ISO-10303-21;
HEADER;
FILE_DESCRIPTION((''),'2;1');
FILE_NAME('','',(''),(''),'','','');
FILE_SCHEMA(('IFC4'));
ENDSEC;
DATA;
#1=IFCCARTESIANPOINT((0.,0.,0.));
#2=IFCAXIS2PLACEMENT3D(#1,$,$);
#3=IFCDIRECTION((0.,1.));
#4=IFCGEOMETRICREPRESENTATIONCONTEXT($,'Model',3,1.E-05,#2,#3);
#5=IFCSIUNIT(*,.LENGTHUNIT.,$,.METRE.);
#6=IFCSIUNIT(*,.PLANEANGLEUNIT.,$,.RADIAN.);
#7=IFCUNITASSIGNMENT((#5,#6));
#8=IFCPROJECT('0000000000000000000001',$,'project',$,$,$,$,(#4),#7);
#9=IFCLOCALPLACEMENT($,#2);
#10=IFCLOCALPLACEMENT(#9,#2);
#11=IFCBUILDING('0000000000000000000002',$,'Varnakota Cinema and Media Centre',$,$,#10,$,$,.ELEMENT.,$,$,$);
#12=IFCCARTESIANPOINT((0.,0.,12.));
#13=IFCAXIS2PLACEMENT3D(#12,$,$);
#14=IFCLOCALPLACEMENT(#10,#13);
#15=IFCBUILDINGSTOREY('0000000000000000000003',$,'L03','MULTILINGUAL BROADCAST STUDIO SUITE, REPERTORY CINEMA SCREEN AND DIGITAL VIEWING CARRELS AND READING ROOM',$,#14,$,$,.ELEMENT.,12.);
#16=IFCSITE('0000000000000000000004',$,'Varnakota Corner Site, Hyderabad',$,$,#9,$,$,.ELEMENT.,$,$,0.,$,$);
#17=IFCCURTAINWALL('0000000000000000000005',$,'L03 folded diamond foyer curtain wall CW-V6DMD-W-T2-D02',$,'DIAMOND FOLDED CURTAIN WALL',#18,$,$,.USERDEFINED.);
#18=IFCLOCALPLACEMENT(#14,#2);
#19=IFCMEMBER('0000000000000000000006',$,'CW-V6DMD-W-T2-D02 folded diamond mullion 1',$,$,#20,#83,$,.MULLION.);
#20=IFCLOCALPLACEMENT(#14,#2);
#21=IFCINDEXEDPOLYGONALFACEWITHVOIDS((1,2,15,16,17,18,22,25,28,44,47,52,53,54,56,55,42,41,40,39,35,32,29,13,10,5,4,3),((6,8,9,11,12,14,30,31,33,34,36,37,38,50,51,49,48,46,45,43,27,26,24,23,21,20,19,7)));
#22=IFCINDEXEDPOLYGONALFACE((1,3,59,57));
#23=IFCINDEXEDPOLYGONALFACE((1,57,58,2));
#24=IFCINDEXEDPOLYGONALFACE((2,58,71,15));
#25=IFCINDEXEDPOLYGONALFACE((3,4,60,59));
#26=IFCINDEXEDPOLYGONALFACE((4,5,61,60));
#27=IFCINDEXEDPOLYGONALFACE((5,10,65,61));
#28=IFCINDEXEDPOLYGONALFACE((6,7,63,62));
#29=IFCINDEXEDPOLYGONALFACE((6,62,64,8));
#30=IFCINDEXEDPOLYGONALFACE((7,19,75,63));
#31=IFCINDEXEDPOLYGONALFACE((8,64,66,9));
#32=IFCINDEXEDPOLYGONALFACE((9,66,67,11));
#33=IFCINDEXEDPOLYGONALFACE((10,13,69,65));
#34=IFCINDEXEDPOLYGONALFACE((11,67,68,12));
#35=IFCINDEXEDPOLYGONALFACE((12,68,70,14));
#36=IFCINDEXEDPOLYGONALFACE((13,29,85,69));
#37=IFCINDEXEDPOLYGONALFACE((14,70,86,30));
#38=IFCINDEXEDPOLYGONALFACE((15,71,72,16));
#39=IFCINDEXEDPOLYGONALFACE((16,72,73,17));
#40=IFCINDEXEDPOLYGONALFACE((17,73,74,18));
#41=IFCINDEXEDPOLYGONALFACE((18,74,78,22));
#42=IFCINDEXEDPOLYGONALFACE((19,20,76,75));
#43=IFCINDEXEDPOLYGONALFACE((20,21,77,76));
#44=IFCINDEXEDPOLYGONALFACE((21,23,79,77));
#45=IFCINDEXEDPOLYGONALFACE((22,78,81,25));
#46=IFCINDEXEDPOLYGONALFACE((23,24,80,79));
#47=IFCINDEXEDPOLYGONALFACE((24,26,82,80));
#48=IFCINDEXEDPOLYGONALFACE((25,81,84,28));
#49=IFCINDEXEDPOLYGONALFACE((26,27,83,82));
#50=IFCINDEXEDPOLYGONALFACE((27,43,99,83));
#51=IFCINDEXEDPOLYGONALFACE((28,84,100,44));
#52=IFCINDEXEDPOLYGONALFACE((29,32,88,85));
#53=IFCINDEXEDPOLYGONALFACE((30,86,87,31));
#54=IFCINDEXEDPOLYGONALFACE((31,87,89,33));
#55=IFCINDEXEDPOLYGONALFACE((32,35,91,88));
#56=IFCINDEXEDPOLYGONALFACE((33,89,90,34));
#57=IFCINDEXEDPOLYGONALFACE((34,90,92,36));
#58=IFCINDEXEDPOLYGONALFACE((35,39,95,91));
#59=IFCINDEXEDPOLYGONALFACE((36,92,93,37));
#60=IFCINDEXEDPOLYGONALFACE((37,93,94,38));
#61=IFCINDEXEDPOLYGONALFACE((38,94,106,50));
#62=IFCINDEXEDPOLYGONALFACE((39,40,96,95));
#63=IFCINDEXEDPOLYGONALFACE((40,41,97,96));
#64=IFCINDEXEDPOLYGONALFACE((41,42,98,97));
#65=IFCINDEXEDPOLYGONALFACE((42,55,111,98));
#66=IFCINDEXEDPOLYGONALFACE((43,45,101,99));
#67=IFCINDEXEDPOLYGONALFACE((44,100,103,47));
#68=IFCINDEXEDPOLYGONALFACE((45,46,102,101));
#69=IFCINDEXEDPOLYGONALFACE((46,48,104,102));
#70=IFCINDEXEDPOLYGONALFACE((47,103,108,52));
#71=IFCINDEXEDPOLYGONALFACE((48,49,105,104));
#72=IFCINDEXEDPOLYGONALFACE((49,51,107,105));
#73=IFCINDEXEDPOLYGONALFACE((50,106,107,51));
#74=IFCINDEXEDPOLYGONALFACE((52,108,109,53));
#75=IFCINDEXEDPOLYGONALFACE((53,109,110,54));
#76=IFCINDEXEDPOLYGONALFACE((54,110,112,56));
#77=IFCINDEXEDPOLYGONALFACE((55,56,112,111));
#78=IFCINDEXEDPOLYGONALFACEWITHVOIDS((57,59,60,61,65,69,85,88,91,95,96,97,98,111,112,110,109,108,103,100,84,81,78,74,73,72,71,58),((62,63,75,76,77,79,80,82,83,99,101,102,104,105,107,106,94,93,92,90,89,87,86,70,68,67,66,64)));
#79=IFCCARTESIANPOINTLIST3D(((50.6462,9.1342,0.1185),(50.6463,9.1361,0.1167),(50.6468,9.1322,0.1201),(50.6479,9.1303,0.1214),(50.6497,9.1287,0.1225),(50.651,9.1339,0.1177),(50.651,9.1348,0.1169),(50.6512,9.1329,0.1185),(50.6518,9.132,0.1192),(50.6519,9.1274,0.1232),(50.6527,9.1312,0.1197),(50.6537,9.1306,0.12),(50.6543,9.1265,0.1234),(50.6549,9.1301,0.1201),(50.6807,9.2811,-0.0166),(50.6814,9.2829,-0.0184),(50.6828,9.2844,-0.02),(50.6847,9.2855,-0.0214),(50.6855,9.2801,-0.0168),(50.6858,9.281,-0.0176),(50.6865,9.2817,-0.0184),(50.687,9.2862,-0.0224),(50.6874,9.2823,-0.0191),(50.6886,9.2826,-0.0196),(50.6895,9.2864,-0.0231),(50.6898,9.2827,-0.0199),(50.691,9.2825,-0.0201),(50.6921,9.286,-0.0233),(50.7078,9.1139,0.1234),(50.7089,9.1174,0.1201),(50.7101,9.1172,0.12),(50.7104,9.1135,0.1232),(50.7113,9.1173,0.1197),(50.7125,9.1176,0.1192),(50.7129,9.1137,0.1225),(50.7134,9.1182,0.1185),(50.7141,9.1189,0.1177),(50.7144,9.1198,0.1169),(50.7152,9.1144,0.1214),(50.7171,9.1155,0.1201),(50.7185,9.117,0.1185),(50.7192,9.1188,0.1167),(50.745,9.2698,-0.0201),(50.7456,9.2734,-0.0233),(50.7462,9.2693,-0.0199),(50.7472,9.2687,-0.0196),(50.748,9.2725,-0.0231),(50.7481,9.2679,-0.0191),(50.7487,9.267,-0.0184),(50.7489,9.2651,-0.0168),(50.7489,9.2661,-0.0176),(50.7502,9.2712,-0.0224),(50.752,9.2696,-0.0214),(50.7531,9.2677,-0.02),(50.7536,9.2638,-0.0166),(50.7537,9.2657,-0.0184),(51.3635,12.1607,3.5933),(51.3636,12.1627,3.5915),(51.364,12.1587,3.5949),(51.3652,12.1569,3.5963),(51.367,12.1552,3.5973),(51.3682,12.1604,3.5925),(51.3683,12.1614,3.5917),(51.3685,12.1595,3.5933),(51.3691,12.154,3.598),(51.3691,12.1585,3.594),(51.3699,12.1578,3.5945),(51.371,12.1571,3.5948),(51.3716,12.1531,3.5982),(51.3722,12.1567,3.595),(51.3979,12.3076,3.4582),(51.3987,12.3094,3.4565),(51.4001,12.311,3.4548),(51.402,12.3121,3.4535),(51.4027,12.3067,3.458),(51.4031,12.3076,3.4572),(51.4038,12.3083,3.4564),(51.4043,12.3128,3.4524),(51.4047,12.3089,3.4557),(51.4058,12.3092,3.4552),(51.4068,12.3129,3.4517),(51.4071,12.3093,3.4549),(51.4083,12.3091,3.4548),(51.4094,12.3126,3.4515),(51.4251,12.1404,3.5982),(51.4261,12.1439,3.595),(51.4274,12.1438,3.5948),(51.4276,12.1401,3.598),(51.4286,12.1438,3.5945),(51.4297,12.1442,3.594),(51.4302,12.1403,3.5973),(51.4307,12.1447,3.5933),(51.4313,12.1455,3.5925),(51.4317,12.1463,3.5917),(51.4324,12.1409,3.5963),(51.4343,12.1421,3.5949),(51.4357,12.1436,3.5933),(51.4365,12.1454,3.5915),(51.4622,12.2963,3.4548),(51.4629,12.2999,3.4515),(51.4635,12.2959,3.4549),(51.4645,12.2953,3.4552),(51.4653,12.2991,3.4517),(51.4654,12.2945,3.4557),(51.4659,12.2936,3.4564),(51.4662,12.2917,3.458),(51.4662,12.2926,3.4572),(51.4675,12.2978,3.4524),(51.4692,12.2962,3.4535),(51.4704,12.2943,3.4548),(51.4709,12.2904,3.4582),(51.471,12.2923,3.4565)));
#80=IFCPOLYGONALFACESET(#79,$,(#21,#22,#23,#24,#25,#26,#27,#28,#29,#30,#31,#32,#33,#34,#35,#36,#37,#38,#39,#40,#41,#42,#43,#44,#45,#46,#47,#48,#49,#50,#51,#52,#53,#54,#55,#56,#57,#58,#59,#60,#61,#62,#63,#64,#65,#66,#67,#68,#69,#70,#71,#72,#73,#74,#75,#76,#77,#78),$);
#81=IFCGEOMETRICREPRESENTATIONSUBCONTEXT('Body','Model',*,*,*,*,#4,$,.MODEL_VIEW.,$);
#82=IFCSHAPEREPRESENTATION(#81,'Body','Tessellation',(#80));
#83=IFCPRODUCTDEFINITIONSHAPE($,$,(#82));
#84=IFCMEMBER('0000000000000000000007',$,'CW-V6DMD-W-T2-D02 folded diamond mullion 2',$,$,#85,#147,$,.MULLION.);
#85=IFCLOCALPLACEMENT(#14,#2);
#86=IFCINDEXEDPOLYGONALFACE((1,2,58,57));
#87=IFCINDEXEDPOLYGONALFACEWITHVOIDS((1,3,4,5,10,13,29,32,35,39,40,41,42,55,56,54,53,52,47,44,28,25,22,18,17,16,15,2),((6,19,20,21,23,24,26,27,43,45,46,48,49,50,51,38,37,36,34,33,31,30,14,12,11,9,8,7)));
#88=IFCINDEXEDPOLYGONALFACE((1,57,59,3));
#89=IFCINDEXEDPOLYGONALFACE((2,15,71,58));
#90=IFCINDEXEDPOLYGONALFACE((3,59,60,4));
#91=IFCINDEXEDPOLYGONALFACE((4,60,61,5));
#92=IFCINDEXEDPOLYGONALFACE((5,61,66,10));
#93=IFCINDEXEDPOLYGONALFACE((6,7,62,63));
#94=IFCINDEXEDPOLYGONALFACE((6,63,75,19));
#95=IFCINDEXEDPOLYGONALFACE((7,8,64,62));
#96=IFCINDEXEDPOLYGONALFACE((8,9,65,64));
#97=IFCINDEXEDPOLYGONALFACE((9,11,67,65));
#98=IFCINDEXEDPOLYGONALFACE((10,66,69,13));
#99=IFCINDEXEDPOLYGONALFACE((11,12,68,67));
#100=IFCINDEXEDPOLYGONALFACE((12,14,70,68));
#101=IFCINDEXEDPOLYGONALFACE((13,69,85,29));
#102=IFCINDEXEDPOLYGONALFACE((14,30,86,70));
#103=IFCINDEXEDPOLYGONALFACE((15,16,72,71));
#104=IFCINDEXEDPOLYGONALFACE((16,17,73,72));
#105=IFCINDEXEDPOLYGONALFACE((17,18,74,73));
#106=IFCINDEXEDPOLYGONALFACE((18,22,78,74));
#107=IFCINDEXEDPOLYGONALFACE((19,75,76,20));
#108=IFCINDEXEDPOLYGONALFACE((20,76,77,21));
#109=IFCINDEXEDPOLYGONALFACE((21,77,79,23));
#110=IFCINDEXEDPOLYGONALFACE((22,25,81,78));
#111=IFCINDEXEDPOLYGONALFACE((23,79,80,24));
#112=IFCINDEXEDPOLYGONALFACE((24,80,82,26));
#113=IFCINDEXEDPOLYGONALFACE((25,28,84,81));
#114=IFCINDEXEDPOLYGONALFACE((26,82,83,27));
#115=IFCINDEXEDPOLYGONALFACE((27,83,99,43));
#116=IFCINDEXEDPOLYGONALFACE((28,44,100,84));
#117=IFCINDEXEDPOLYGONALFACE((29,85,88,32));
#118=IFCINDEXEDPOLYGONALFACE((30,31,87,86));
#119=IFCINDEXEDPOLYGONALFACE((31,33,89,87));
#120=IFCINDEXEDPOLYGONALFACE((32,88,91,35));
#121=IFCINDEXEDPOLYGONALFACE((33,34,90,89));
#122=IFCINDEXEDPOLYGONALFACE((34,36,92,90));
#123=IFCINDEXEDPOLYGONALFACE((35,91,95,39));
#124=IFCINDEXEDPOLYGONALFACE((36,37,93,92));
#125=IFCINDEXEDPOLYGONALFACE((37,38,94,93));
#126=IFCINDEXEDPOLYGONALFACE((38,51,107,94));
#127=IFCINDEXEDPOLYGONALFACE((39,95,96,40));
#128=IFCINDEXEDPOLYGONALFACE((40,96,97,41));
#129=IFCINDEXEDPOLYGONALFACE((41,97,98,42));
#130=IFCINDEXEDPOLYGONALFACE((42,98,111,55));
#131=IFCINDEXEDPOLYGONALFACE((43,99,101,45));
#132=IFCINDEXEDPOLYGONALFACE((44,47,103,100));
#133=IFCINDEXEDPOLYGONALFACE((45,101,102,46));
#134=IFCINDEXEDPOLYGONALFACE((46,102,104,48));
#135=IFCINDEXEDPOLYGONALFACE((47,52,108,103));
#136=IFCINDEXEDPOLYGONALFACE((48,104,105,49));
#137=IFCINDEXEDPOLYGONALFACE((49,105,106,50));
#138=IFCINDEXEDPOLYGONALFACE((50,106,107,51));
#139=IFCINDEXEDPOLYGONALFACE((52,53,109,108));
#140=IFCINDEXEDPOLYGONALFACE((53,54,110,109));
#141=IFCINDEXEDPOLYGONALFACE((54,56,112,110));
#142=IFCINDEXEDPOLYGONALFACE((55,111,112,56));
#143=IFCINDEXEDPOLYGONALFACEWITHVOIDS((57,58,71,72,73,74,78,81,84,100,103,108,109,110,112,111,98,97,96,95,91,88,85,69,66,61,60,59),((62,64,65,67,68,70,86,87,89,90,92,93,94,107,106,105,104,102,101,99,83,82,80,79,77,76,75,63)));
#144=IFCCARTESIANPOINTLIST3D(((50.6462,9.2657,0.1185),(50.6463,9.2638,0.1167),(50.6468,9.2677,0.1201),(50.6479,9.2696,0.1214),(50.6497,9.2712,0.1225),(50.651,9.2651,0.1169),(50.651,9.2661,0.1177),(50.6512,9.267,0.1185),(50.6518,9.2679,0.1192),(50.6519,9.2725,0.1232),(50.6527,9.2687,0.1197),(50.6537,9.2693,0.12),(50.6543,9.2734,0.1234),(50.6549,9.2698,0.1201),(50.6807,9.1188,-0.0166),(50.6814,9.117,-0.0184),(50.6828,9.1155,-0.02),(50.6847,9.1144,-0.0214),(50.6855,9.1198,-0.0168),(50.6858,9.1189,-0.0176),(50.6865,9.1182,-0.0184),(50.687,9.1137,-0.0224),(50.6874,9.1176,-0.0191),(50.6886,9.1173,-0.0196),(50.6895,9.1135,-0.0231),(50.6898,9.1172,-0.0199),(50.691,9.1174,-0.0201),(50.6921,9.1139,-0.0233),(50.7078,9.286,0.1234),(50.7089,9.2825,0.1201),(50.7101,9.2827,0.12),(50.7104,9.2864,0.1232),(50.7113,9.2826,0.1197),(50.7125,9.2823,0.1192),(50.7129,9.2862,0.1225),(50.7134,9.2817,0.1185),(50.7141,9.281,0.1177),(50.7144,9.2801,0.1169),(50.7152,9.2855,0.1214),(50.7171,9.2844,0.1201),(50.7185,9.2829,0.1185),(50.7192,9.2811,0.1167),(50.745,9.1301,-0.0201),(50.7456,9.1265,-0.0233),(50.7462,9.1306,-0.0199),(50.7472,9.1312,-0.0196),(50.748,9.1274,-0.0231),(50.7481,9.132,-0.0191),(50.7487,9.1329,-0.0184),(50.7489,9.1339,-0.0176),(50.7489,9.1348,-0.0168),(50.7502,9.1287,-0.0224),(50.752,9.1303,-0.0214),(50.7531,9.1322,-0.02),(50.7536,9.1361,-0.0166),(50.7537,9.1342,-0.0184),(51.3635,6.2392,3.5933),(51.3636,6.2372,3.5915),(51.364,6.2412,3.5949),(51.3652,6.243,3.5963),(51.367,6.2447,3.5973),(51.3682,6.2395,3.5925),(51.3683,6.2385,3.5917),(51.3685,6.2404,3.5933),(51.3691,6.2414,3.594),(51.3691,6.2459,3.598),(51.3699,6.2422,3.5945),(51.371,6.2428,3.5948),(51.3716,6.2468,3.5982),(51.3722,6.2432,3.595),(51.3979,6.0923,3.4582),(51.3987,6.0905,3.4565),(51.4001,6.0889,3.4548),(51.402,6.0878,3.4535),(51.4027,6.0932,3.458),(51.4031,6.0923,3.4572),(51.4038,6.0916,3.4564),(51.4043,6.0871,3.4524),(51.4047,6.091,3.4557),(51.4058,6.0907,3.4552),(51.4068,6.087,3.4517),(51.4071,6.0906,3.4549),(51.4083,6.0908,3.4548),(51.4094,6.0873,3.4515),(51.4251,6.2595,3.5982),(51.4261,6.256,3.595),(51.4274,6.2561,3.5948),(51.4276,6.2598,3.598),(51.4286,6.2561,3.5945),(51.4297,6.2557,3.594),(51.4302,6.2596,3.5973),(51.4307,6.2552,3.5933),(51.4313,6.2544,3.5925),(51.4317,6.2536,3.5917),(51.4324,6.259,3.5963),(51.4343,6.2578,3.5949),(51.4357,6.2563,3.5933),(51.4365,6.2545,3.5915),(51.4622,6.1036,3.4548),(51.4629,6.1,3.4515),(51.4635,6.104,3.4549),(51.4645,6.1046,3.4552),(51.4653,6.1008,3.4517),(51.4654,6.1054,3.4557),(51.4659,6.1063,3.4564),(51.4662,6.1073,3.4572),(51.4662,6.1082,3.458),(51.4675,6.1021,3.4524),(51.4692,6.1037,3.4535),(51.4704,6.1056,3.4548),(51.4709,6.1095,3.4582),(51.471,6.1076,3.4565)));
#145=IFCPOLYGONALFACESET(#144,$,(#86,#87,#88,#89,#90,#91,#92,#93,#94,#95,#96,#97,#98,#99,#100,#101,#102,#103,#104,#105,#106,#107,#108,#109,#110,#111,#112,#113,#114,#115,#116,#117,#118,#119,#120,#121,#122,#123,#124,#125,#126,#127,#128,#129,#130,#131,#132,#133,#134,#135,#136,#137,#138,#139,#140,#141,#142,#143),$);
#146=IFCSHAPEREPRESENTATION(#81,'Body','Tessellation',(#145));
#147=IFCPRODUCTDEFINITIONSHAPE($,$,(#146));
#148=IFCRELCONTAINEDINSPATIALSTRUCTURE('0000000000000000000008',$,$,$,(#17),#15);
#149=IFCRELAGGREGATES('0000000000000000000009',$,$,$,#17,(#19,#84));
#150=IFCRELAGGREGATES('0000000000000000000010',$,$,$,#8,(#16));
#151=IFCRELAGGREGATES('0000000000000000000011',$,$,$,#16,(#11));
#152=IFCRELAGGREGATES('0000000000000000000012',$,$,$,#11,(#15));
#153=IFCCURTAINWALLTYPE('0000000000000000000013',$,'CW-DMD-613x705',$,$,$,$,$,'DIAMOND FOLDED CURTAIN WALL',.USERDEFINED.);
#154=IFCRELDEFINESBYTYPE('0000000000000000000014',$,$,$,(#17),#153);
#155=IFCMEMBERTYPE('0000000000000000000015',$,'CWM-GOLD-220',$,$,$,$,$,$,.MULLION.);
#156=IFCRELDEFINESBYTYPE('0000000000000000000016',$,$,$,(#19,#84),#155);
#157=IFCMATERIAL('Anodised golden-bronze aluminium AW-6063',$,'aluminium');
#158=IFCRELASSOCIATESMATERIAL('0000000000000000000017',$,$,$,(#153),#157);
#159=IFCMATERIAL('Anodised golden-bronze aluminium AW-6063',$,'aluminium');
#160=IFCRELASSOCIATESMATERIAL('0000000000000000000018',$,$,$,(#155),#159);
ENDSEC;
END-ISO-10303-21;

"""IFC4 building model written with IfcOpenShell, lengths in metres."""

from ifc_helpers import new_model, si_unit, direction, frame, origin, origin_2d, place, context, subcontext, project, spatial, hollow_rectangle, extrude, material, material_profile, profile_set, type_object, element, aggregate, save


model = new_model("IFC4")

# Units and contexts
model_context = context("Model", 3, precision=1e-05, world=origin(), true_north=direction((0.0, 1.0)))
body_context = subcontext(model_context, "Body", "Model", "MODEL_VIEW")
ifc_project = project(units=[si_unit("LENGTHUNIT", "METRE"), si_unit("PLANEANGLEUNIT", "RADIAN")], contexts=[model_context])

# Site, building, storey
site_placement = place(None, origin())
site = spatial("IfcSite", under=ifc_project, at=site_placement, Name="Varnakota Corner Site, Hyderabad", CompositionType="ELEMENT", RefElevation=0.0)
building_placement = place(site_placement, origin())
building = spatial("IfcBuilding", under=site, at=building_placement, Name="Varnakota Cinema and Media Centre", CompositionType="ELEMENT")
storey_placement = place(building_placement, frame((0.0, 0.0, 12.0)))
storey = spatial("IfcBuildingStorey", under=building, at=storey_placement, Name="L03", Description="MULTILINGUAL BROADCAST STUDIO SUITE, REPERTORY CINEMA SCREEN AND DIGITAL VIEWING CARRELS AND READING ROOM", CompositionType="ELEMENT", Elevation=12.0)

# Curtain wall, members
ifc_material_1 = material(Name="Anodised golden-bronze aluminium AW-6063", Category="aluminium")
curtain_wall_type = type_object("IfcCurtainWallType", Name="CW-DMD-613x705", ElementType="DIAMOND FOLDED CURTAIN WALL", PredefinedType="USERDEFINED", material=ifc_material_1)
ifc_material_2 = material(Name="Anodised golden-bronze aluminium AW-6063", Category="aluminium")
ifc_material_profile_1 = material_profile(ifc_material_2, hollow_rectangle(XDim=0.075, YDim=0.22, WallThickness=0.0049, InnerFilletRadius=0.0049, OuterFilletRadius=0.01, at=origin_2d()), Name="AL-MULLION 220x75x5")
ifc_profile_set_1 = profile_set([ifc_material_profile_1], Name="Anodised golden-bronze aluminium AW-6063")
member_type_1 = type_object("IfcMemberType", Name="CWM-GOLD-220", PredefinedType="MULLION", material=ifc_profile_set_1)
curtain_wall_1_placement = place(storey_placement, origin())
curtain_wall_1 = element("IfcCurtainWall", 1, at=curtain_wall_1_placement, inside=storey, type_object=curtain_wall_type, Name="L03 folded diamond foyer curtain wall CW-V6DMD-W-T2-D02", ObjectType="DIAMOND FOLDED CURTAIN WALL", PredefinedType="USERDEFINED")
member_1_placement = place(storey_placement, frame((50.7, 9.2, 0.05), z_axis=(0.153804, 0.648981, 0.745096), x_axis=(-0.973047, 0.230605, 0.0)))
member_1 = element("IfcMember", 2, at=member_1_placement, type_object=member_type_1, Name="CW-V6DMD-W-T2-D02 folded diamond mullion 1", PredefinedType="MULLION", context=body_context, shape_type="SweptSolid", body=[
    extrude(hollow_rectangle(XDim=0.075, YDim=0.22, WallThickness=0.0049, InnerFilletRadius=0.0049, OuterFilletRadius=0.01, at=origin_2d()), origin(), (0.0, 0.0, 1.0), 4.6636),
])
member_2_placement = place(storey_placement, frame((50.7, 9.2, 0.05), z_axis=(0.153804, -0.648981, 0.745096), x_axis=(0.973047, 0.230605, 0.0)))
member_2 = element("IfcMember", 3, at=member_2_placement, type_object=member_type_1, Name="CW-V6DMD-W-T2-D02 folded diamond mullion 2", PredefinedType="MULLION", context=body_context, shape_type="SweptSolid", body=[
    extrude(hollow_rectangle(XDim=0.075, YDim=0.22, WallThickness=0.0049, InnerFilletRadius=0.0049, OuterFilletRadius=0.01, at=origin_2d()), origin(), (0.0, 0.0, 1.0), 4.6636),
])

aggregate(curtain_wall_1, [member_1, member_2])

save(model, "model.ifc")
